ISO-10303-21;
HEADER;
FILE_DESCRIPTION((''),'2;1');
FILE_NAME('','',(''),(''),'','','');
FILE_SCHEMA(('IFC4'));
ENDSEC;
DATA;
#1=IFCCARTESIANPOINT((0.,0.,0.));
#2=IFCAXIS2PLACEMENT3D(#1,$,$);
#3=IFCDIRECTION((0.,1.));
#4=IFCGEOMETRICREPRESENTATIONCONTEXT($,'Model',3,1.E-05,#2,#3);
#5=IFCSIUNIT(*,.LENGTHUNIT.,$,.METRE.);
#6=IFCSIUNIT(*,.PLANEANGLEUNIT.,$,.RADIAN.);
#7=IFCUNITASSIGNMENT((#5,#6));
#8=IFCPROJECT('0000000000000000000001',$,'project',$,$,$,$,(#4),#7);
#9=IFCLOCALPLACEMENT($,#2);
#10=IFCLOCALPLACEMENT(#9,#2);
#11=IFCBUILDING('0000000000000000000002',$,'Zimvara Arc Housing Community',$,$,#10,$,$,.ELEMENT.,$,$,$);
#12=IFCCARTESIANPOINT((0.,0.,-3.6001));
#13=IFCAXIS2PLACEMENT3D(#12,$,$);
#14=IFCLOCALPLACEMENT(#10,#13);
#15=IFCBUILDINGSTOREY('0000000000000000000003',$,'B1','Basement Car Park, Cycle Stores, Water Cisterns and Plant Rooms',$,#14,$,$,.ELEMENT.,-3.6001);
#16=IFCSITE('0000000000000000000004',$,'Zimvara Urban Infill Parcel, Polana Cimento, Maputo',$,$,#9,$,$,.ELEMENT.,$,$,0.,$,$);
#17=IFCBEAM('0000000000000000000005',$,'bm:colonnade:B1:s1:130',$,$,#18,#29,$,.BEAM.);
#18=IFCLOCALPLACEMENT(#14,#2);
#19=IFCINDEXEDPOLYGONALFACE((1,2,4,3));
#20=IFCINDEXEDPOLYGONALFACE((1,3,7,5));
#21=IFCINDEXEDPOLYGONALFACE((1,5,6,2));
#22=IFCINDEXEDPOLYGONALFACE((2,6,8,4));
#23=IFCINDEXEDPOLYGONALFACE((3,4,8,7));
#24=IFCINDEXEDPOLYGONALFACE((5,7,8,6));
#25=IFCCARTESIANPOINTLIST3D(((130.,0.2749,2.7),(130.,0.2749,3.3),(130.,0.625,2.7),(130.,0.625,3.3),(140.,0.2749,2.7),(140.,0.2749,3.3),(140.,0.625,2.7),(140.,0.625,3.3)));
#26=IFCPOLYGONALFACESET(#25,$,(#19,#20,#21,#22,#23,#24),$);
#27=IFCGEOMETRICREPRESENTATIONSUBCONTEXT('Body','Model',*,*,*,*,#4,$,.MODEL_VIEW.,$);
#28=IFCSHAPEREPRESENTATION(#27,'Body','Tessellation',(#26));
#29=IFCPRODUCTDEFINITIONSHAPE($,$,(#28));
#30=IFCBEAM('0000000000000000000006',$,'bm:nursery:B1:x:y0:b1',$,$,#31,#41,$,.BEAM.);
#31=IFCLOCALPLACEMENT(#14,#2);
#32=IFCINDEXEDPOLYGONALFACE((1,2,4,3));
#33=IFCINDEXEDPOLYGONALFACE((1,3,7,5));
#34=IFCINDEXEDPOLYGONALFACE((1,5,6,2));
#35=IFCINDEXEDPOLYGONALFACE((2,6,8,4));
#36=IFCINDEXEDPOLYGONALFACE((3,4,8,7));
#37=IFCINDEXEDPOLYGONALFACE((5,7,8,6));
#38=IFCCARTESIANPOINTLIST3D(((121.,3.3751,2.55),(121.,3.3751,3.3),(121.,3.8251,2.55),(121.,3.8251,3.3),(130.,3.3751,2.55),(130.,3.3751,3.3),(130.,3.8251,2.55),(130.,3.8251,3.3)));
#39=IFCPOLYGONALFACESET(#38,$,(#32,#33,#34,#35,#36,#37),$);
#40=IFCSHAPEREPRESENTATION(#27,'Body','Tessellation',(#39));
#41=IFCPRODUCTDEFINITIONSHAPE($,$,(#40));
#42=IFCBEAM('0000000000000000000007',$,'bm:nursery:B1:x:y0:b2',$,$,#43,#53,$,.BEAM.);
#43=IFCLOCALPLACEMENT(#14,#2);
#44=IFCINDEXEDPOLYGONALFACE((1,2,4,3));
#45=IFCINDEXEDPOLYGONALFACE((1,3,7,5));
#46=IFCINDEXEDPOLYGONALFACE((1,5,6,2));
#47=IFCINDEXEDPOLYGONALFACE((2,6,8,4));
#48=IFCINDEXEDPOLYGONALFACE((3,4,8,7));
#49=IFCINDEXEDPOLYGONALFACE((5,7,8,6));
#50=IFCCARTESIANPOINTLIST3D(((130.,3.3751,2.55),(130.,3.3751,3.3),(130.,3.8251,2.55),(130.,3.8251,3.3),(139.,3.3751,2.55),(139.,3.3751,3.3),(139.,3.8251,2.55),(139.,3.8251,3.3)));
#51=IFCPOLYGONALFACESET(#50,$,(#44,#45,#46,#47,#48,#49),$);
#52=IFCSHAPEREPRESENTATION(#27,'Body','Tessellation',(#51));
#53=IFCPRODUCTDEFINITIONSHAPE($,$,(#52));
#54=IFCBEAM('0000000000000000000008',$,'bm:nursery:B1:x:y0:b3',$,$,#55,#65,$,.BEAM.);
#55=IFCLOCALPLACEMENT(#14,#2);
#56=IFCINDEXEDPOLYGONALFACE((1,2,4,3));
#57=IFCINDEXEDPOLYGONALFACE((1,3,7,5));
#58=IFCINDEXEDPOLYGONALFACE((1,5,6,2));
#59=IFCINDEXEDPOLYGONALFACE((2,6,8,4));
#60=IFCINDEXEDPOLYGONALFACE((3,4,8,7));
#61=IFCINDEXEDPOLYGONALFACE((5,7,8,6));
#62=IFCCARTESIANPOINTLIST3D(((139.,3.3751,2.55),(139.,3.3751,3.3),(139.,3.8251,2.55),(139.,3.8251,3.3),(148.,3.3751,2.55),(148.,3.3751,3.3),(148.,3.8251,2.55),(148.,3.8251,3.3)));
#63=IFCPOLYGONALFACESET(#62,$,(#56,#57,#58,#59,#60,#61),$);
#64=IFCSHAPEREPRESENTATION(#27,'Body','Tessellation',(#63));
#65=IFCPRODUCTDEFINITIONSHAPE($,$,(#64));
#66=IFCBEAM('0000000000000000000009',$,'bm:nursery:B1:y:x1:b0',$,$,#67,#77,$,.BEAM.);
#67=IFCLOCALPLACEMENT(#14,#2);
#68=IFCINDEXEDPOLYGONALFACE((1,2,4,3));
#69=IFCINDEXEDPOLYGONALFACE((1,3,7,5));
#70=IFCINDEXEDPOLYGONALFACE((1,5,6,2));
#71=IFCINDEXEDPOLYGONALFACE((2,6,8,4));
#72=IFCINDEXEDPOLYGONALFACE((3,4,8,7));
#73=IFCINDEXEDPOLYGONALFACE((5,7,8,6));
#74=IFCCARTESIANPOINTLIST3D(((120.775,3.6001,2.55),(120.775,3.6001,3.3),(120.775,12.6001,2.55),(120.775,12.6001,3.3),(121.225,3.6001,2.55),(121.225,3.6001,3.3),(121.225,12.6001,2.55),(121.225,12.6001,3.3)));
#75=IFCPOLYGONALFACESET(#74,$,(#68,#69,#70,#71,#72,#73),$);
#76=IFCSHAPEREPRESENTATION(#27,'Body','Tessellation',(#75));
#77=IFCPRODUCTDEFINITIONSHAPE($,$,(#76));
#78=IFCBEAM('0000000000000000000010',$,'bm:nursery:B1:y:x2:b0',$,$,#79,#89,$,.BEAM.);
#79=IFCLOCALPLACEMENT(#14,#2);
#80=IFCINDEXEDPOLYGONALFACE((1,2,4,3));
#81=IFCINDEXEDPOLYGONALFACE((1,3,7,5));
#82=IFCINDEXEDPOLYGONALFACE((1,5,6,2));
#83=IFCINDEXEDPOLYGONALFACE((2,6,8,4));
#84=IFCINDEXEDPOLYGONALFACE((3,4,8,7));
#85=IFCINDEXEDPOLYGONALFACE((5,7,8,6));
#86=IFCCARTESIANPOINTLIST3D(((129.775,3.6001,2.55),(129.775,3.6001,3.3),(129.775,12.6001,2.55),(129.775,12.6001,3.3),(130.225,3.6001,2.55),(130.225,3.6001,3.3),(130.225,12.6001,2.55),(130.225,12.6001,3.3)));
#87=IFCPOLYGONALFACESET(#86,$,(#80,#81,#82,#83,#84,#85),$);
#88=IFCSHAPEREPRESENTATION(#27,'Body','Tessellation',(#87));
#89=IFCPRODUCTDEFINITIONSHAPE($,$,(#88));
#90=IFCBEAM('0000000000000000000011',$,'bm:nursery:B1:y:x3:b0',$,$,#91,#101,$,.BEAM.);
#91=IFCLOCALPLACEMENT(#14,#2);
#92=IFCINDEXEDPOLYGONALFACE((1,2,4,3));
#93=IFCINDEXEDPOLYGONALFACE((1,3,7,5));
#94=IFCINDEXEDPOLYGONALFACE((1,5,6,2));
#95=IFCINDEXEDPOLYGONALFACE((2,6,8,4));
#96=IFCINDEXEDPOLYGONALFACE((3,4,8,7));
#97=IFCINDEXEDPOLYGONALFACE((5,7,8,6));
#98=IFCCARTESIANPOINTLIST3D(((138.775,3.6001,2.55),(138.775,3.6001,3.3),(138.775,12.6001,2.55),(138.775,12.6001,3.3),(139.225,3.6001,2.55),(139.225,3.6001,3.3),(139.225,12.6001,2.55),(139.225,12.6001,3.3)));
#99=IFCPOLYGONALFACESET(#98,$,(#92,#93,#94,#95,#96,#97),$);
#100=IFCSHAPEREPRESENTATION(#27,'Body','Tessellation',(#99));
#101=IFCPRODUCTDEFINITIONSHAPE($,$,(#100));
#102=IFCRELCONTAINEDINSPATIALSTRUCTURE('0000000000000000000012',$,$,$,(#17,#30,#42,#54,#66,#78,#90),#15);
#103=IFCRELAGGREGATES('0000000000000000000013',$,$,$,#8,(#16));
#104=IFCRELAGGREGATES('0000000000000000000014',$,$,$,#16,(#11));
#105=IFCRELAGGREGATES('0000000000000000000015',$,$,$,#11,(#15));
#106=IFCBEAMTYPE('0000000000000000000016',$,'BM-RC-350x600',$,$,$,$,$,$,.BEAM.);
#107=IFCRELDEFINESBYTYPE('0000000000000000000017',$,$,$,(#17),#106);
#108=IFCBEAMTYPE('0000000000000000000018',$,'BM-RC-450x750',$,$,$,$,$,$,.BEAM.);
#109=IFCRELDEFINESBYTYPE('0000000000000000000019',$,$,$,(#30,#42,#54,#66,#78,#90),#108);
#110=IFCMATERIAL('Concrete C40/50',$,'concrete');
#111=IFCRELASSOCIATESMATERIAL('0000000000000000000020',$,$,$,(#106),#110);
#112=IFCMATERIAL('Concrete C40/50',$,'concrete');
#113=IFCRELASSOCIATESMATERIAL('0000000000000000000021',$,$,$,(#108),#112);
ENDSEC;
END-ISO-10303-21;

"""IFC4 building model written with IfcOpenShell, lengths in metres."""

from ifc_helpers import new_model, si_unit, direction, frame, origin, origin_2d, place, context, subcontext, project, spatial, rectangle, extrude, material, material_profile, profile_set, type_object, element, save


model = new_model("IFC4")

# Units and contexts
model_context = context("Model", 3, precision=1e-05, world=origin(), true_north=direction((0.0, 1.0)))
body_context = subcontext(model_context, "Body", "Model", "MODEL_VIEW")
ifc_project = project(units=[si_unit("LENGTHUNIT", "METRE"), si_unit("PLANEANGLEUNIT", "RADIAN")], contexts=[model_context])

# Site, building, storey
site_placement = place(None, origin())
site = spatial("IfcSite", under=ifc_project, at=site_placement, Name="Zimvara Urban Infill Parcel, Polana Cimento, Maputo", CompositionType="ELEMENT", RefElevation=0.0)
building_placement = place(site_placement, origin())
building = spatial("IfcBuilding", under=site, at=building_placement, Name="Zimvara Arc Housing Community", CompositionType="ELEMENT")
storey_placement = place(building_placement, frame((0.0, 0.0, -3.6001)))
storey = spatial("IfcBuildingStorey", under=building, at=storey_placement, Name="B1", Description="Basement Car Park, Cycle Stores, Water Cisterns and Plant Rooms", CompositionType="ELEMENT", Elevation=-3.6001)

# Beams
ifc_material_1 = material(Name="Concrete C40/50", Category="concrete")
ifc_material_profile_1 = material_profile(ifc_material_1, rectangle(XDim=0.3501, YDim=0.6001, at=origin_2d()), Name="RC 350x600")
ifc_profile_set_1 = profile_set([ifc_material_profile_1], Name="Concrete C40/50")
beam_type_1 = type_object("IfcBeamType", Name="BM-RC-350x600", PredefinedType="BEAM", material=ifc_profile_set_1)
for number, where, z_axis, x_axis, name in (
    (1, (130.0, 0.45, 3.0), (1.0, 0.0, 0.0), (0.0, 1.0, 0.0), "bm:colonnade:B1:s1:130"),
):
    element("IfcBeam", number, at=place(storey_placement, frame(where, z_axis=z_axis, x_axis=x_axis)), inside=storey, type_object=beam_type_1, Name=name, PredefinedType="BEAM", context=body_context, shape_type="SweptSolid", body=[
        extrude(rectangle(XDim=0.3501, YDim=0.6001, at=origin_2d()), origin(), (0.0, 0.0, 1.0), 10.0),
    ])
ifc_material_2 = material(Name="Concrete C40/50", Category="concrete")
ifc_material_profile_2 = material_profile(ifc_material_2, rectangle(XDim=0.45, YDim=0.75, at=origin_2d()), Name="RC 450x750")
ifc_profile_set_2 = profile_set([ifc_material_profile_2], Name="Concrete C40/50")
beam_type_2 = type_object("IfcBeamType", Name="BM-RC-450x750", PredefinedType="BEAM", material=ifc_profile_set_2)
for number, where, z_axis, x_axis, name in (
    (2, (121.0, 3.6001, 2.925), (1.0, 0.0, 0.0), (0.0, 1.0, 0.0), "bm:nursery:B1:x:y0:b1"),
    (3, (130.0, 3.6001, 2.925), (1.0, 0.0, 0.0), (0.0, 1.0, 0.0), "bm:nursery:B1:x:y0:b2"),
    (4, (139.0, 3.6001, 2.925), (1.0, 0.0, 0.0), (0.0, 1.0, 0.0), "bm:nursery:B1:x:y0:b3"),
    (5, (121.0, 3.6001, 2.925), (0.0, 1.0, 0.0), (-1.0, 0.0, 0.0), "bm:nursery:B1:y:x1:b0"),
    (6, (130.0, 3.6001, 2.925), (0.0, 1.0, 0.0), (-1.0, 0.0, 0.0), "bm:nursery:B1:y:x2:b0"),
    (7, (139.0, 3.6001, 2.925), (0.0, 1.0, 0.0), (-1.0, 0.0, 0.0), "bm:nursery:B1:y:x3:b0"),
):
    element("IfcBeam", number, at=place(storey_placement, frame(where, z_axis=z_axis, x_axis=x_axis)), inside=storey, type_object=beam_type_2, Name=name, PredefinedType="BEAM", context=body_context, shape_type="SweptSolid", body=[
        extrude(rectangle(XDim=0.45, YDim=0.75, at=origin_2d()), origin(), (0.0, 0.0, 1.0), 9.0),
    ])

save(model, "model.ifc")
